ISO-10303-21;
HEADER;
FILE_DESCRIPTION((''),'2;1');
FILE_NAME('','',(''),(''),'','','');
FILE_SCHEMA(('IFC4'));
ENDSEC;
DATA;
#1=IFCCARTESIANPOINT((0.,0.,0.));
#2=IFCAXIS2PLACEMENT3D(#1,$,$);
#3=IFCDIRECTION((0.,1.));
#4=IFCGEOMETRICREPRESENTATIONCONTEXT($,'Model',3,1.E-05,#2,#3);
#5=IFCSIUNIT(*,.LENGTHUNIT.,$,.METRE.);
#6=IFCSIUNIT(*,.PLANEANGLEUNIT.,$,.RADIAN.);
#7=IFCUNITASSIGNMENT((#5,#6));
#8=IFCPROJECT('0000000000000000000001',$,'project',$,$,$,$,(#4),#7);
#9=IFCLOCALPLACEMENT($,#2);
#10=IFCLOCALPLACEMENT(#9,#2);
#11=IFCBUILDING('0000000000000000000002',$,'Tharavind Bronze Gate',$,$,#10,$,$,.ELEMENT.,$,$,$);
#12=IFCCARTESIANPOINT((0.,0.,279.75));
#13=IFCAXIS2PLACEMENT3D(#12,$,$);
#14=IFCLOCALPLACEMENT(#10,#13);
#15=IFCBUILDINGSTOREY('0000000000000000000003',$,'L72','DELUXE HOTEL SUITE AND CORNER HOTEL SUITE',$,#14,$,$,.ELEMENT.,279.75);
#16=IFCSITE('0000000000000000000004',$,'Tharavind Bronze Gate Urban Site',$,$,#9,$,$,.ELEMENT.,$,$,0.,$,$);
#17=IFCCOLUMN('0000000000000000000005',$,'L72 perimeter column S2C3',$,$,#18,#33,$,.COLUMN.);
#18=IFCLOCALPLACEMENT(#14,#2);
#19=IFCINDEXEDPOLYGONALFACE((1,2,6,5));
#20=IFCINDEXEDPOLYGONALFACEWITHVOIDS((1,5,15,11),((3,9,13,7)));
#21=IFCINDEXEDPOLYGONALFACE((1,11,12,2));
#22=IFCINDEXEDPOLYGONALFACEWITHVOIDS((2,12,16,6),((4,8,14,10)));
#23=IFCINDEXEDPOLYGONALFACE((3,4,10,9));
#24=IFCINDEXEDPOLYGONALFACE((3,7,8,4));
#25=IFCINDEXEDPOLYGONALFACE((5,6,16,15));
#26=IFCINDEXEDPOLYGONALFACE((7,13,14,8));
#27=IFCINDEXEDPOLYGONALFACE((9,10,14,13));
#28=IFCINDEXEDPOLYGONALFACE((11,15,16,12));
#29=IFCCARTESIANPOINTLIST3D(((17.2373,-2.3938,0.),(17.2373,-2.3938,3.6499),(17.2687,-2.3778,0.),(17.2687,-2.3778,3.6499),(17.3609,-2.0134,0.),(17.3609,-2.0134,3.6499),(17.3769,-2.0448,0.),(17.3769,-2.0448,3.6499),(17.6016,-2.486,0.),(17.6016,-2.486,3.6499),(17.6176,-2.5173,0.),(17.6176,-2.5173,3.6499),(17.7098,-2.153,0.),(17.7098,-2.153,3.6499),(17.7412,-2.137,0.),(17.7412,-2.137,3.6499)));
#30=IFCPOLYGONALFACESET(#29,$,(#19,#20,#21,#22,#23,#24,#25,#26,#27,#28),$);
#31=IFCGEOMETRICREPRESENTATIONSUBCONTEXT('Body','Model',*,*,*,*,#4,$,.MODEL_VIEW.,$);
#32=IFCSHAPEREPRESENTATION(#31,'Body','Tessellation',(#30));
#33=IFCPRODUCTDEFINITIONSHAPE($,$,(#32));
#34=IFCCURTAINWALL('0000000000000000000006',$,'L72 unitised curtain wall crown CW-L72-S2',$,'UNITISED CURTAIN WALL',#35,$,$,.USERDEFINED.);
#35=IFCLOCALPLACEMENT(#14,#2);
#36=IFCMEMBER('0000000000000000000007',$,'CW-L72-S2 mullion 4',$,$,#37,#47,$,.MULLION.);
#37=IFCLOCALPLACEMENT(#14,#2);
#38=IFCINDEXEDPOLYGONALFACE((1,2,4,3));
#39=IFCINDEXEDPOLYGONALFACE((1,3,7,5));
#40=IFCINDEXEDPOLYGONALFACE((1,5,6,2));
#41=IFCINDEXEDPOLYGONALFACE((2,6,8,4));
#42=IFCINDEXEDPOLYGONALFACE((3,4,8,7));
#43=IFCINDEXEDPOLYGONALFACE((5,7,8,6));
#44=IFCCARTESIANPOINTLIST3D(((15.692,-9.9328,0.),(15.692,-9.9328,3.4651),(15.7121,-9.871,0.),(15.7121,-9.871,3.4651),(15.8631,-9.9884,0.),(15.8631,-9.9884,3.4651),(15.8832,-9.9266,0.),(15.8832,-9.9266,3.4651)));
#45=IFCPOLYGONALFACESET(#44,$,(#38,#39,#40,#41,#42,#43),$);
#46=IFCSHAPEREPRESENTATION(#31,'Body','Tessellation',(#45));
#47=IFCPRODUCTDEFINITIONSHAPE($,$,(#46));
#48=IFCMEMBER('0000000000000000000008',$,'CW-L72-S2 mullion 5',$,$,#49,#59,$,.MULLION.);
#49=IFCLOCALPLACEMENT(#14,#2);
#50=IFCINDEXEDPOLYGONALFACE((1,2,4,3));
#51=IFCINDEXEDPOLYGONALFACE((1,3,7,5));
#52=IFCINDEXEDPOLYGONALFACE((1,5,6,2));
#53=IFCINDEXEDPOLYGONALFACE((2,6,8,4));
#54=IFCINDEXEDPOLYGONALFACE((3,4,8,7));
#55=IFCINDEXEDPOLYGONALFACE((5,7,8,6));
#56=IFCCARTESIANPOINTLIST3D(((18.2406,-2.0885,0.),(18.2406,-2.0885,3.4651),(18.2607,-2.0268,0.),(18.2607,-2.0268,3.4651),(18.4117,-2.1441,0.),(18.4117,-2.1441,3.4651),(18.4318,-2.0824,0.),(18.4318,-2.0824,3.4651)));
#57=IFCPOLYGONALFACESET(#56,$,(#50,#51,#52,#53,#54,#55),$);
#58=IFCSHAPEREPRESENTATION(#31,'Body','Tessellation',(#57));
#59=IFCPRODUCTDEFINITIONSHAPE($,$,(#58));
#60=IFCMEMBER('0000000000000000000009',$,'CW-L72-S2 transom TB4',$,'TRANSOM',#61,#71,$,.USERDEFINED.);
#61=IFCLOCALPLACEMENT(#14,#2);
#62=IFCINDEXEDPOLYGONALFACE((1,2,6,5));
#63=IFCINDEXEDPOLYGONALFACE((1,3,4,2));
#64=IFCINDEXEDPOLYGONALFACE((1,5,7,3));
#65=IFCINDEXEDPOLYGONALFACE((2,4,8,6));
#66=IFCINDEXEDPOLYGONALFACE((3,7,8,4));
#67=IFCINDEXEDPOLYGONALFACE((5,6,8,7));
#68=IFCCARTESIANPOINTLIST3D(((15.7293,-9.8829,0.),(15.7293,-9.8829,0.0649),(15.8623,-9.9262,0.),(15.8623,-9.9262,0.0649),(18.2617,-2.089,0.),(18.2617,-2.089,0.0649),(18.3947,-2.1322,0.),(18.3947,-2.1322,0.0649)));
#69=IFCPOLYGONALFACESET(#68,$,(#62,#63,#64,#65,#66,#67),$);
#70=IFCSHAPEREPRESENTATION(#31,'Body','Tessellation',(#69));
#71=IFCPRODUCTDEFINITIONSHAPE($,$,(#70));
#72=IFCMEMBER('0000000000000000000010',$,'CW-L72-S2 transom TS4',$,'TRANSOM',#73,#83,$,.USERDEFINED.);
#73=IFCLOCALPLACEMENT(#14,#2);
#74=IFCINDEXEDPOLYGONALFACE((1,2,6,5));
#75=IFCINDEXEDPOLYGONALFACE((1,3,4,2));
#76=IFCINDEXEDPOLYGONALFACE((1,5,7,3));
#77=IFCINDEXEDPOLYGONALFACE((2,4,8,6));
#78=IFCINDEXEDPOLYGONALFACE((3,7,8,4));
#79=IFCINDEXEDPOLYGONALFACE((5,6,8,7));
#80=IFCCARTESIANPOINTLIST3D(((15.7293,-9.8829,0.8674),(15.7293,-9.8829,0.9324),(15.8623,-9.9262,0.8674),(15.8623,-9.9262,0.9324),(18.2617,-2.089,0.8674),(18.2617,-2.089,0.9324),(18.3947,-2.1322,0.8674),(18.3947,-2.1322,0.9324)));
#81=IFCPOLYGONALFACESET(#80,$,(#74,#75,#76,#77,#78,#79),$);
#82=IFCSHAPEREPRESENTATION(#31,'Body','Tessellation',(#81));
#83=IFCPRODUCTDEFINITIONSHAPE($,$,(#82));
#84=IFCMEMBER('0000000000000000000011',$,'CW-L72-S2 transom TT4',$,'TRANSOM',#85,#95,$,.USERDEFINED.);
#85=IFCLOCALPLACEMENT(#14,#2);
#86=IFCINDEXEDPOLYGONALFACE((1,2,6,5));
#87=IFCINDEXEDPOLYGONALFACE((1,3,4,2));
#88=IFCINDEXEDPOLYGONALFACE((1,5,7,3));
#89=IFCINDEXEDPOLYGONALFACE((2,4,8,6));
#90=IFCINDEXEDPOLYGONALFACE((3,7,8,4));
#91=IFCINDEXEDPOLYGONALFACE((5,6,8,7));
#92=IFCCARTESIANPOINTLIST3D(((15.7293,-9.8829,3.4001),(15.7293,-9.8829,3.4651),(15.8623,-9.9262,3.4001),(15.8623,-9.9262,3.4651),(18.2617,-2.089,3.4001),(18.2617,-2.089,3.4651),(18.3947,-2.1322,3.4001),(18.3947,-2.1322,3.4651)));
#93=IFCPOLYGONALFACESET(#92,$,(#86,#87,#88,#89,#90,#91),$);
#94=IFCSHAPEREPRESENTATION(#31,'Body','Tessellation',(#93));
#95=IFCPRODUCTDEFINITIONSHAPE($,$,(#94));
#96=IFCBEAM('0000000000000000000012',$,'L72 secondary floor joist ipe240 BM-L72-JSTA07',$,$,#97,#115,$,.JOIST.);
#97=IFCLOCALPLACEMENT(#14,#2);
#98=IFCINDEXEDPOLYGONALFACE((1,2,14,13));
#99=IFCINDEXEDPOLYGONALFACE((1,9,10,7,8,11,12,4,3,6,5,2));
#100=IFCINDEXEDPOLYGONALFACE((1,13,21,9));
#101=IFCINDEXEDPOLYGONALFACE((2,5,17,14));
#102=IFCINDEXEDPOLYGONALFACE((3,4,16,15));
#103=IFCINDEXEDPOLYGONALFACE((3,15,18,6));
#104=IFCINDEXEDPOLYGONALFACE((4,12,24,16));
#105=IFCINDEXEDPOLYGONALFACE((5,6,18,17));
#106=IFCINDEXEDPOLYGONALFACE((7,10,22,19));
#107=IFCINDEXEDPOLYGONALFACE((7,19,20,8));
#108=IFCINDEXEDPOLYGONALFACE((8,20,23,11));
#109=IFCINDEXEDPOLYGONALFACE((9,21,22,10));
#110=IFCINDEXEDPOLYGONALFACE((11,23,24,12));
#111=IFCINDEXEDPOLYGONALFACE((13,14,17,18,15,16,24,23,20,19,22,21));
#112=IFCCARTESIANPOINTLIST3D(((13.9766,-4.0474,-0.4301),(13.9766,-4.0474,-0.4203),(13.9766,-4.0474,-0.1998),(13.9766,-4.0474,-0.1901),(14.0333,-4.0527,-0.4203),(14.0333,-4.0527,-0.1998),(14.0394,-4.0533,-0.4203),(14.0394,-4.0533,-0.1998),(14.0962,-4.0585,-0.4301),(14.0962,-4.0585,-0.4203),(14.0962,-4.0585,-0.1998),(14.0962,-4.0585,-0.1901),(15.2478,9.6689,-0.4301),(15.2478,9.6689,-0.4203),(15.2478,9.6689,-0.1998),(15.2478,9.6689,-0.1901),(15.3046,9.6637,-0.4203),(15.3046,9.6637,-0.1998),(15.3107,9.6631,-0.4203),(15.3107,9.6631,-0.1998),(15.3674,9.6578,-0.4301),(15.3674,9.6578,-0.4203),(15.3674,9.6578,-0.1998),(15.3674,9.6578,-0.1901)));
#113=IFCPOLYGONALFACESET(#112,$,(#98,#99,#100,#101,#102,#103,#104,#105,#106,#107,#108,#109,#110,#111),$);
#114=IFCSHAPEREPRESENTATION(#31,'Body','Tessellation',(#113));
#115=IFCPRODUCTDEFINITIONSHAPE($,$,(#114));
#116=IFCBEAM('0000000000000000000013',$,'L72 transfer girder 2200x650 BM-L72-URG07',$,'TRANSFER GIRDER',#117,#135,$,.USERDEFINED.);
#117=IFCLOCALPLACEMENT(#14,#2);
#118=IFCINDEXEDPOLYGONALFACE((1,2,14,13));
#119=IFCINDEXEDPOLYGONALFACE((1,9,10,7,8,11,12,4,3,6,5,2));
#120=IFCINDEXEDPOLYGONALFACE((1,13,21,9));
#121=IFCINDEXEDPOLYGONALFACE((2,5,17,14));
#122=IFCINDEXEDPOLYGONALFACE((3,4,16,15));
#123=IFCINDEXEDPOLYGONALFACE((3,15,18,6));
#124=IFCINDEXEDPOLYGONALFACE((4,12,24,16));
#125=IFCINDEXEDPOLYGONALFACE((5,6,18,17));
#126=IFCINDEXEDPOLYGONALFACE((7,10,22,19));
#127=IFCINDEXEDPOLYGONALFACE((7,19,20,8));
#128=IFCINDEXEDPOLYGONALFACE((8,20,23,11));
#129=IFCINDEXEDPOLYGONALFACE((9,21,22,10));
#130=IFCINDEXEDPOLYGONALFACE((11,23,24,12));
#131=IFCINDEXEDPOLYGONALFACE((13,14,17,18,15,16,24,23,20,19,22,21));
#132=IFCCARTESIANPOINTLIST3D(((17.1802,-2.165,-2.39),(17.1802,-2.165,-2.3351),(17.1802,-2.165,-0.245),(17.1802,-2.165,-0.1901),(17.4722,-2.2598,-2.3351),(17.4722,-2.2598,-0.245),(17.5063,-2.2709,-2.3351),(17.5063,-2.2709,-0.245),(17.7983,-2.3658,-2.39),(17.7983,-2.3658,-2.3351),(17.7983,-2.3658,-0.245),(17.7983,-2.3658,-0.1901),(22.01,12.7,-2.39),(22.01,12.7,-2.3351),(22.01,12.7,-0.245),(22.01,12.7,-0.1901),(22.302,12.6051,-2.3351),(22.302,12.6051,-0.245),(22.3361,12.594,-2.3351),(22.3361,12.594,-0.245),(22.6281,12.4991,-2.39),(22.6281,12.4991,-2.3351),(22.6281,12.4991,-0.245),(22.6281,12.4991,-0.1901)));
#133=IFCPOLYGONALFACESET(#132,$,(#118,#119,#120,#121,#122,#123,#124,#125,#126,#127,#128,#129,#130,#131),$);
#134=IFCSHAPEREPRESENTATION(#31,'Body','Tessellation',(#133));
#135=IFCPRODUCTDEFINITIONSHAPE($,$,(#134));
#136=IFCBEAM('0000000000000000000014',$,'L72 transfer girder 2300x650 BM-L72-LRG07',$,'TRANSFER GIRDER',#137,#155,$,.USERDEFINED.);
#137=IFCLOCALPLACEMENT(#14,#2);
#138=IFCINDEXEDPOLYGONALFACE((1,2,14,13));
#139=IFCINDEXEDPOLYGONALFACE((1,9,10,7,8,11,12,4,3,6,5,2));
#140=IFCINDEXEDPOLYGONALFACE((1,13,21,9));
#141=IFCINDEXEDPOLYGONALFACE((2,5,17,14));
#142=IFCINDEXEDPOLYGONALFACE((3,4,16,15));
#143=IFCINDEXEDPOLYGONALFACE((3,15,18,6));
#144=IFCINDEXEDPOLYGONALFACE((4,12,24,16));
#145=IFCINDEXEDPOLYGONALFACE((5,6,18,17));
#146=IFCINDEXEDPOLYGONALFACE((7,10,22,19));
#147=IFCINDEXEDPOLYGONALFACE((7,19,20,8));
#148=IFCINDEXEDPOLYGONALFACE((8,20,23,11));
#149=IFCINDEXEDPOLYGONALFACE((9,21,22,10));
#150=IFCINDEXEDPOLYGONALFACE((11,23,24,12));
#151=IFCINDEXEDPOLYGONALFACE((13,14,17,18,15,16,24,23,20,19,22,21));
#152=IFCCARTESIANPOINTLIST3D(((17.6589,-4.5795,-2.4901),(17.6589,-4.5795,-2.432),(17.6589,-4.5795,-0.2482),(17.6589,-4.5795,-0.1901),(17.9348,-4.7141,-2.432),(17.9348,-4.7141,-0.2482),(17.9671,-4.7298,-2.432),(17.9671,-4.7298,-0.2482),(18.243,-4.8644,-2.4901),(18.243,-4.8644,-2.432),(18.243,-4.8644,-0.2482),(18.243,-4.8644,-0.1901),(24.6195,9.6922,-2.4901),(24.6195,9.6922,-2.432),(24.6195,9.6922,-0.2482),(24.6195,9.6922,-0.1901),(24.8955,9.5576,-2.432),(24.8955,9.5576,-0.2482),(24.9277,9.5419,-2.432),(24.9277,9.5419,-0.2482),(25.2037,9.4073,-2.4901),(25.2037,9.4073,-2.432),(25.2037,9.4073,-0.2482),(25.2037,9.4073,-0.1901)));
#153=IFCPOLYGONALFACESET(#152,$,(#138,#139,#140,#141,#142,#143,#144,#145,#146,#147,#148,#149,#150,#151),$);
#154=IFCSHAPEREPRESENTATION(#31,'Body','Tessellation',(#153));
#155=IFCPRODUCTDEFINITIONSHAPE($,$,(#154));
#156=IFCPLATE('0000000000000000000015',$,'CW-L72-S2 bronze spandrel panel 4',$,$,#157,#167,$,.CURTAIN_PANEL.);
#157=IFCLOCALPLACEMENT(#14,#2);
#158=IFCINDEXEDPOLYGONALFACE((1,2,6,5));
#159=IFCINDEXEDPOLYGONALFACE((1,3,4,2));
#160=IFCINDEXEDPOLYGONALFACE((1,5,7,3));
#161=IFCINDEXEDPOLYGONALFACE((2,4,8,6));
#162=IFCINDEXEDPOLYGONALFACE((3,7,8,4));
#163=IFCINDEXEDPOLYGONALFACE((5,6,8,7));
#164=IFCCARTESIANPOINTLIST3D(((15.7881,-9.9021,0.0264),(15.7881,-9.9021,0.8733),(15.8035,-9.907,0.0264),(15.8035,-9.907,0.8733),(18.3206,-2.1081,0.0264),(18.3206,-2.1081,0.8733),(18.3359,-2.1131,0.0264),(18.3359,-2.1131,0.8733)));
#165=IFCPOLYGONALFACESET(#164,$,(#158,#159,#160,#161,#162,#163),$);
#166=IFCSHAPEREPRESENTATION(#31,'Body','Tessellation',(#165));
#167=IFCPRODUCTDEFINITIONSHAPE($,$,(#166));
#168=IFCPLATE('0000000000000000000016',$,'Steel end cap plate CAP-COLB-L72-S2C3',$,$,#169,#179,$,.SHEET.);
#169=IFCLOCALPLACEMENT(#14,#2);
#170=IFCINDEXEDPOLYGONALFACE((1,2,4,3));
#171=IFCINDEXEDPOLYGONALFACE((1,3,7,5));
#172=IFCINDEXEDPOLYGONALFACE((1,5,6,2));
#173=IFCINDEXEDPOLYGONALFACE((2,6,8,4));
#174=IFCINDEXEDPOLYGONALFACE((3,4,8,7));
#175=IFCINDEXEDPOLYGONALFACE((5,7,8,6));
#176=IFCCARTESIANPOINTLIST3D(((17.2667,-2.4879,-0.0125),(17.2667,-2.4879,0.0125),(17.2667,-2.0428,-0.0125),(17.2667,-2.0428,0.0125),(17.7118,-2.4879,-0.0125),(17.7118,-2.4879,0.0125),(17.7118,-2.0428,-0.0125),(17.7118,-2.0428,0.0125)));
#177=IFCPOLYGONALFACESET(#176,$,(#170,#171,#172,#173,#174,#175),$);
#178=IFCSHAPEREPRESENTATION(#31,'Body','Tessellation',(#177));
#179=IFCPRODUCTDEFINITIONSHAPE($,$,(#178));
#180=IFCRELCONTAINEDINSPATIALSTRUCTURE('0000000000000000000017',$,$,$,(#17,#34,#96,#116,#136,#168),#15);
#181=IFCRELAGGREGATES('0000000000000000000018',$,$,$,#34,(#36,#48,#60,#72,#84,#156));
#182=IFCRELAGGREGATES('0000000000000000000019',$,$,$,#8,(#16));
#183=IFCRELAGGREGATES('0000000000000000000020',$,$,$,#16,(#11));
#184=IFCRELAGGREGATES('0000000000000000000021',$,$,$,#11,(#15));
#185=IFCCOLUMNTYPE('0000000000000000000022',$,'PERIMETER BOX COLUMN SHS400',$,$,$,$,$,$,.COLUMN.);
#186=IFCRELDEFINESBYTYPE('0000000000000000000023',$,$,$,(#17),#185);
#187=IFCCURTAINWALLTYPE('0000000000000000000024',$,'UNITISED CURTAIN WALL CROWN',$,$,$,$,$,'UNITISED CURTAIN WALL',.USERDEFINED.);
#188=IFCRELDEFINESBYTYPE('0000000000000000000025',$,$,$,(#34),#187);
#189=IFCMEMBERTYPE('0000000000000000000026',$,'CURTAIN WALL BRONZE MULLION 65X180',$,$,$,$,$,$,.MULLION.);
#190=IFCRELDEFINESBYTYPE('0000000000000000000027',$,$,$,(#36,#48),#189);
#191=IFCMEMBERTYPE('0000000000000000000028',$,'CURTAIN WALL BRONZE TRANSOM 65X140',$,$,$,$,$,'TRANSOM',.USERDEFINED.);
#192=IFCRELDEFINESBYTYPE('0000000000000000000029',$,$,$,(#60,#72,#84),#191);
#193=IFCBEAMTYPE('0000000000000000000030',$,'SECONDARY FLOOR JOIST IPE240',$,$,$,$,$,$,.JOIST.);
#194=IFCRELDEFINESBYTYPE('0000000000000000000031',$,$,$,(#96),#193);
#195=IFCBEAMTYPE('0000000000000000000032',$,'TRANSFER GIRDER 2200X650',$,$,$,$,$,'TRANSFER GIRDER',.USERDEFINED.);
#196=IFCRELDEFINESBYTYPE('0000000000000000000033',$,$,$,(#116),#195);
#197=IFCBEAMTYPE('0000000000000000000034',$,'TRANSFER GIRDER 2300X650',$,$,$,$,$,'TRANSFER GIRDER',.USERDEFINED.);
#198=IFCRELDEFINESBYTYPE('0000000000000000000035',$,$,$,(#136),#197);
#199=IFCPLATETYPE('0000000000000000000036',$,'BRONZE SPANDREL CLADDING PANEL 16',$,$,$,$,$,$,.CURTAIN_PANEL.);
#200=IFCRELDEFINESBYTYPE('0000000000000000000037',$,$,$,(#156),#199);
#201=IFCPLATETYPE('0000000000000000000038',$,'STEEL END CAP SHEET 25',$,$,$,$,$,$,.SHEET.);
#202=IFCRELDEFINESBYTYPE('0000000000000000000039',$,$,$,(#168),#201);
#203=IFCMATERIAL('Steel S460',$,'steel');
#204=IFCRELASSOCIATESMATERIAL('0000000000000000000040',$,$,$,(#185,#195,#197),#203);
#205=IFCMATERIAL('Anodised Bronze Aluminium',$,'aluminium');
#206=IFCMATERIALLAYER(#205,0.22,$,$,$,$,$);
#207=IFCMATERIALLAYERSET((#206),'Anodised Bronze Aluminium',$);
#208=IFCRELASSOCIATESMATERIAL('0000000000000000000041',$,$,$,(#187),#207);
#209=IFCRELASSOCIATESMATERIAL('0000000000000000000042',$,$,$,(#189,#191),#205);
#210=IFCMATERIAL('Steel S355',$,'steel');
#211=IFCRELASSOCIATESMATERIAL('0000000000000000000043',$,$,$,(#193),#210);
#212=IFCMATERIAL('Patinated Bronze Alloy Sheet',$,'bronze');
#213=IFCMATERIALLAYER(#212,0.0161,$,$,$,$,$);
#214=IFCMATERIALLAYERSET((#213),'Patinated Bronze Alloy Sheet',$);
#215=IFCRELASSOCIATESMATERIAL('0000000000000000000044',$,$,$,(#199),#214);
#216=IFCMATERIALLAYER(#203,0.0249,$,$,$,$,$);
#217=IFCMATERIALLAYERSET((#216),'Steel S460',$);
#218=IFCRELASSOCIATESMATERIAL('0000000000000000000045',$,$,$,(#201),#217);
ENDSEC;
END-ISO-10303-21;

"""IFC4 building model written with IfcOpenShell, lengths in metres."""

from ifc_helpers import new_model, si_unit, direction, frame, origin, origin_2d, place, context, subcontext, project, spatial, rectangle, hollow_rectangle, i_section, extrude, material, layer, layer_set, material_profile, profile_set, type_object, element, aggregate, save


model = new_model("IFC4")

# Units and contexts
model_context = context("Model", 3, precision=1e-05, world=origin(), true_north=direction((0.0, 1.0)))
body_context = subcontext(model_context, "Body", "Model", "MODEL_VIEW")
ifc_project = project(units=[si_unit("LENGTHUNIT", "METRE"), si_unit("PLANEANGLEUNIT", "RADIAN")], contexts=[model_context])

# Site, building, storey
site_placement = place(None, origin())
site = spatial("IfcSite", under=ifc_project, at=site_placement, Name="Tharavind Bronze Gate Urban Site", CompositionType="ELEMENT", RefElevation=0.0)
building_placement = place(site_placement, origin())
building = spatial("IfcBuilding", under=site, at=building_placement, Name="Tharavind Bronze Gate", CompositionType="ELEMENT")
storey_placement = place(building_placement, frame((0.0, 0.0, 279.75)))
storey = spatial("IfcBuildingStorey", under=building, at=storey_placement, Name="L72", Description="DELUXE HOTEL SUITE AND CORNER HOTEL SUITE", CompositionType="ELEMENT", Elevation=279.75)

# Column
ifc_material_1 = material(Name="Steel S460", Category="steel")
ifc_material_profile_1 = material_profile(ifc_material_1, hollow_rectangle(XDim=0.3999, YDim=0.3999, WallThickness=0.0249, at=origin_2d()), Name="SHS400X25")
ifc_profile_set_1 = profile_set([ifc_material_profile_1], Name="Steel S460")
column_type = type_object("IfcColumnType", Name="PERIMETER BOX COLUMN SHS400", PredefinedType="COLUMN", material=ifc_profile_set_1)
column_placement = place(storey_placement, frame((17.4893, -2.2654, 0.0), z_axis=(0.0, 0.0, 1.0), x_axis=(0.309019, 0.951056, 0.0)))
element("IfcColumn", 1, at=column_placement, inside=storey, type_object=column_type, Name="L72 perimeter column S2C3", PredefinedType="COLUMN", context=body_context, shape_type="SweptSolid", body=[
    extrude(hollow_rectangle(XDim=0.3999, YDim=0.3999, WallThickness=0.0249, at=origin_2d()), origin(), (0.0, 0.0, 1.0), 3.6499),
])

# Curtain wall, members
ifc_material_2 = material(Name="Anodised Bronze Aluminium", Category="aluminium")
ifc_layer_1 = layer(ifc_material_2, 0.22)
ifc_layer_set_1 = layer_set([ifc_layer_1], Name="Anodised Bronze Aluminium")
curtain_wall_type = type_object("IfcCurtainWallType", Name="UNITISED CURTAIN WALL CROWN", ElementType="UNITISED CURTAIN WALL", PredefinedType="USERDEFINED", material=ifc_layer_set_1)
curtain_wall_placement = place(storey_placement, origin())
curtain_wall = element("IfcCurtainWall", 2, at=curtain_wall_placement, inside=storey, type_object=curtain_wall_type, Name="L72 unitised curtain wall crown CW-L72-S2", ObjectType="UNITISED CURTAIN WALL", PredefinedType="USERDEFINED")
member_type_1 = type_object("IfcMemberType", Name="CURTAIN WALL BRONZE MULLION 65X180", PredefinedType="MULLION", material=ifc_material_2)
member_1_placement = place(storey_placement, frame((15.7876, -9.9297, 0.0), z_axis=(0.0, 0.0, 1.0), x_axis=(0.309017, 0.951057, 0.0)))
member_1 = element("IfcMember", 3, at=member_1_placement, type_object=member_type_1, Name="CW-L72-S2 mullion 4", PredefinedType="MULLION", context=body_context, shape_type="SweptSolid", body=[
    extrude(rectangle(XDim=0.0649, YDim=0.1799, at=origin_2d()), origin(), (0.0, 0.0, 1.0), 3.4651),
])
member_2_placement = place(storey_placement, frame((18.3362, -2.0854, 0.0), z_axis=(0.0, 0.0, 1.0), x_axis=(0.309017, 0.951057, 0.0)))
member_2 = element("IfcMember", 4, at=member_2_placement, type_object=member_type_1, Name="CW-L72-S2 mullion 5", PredefinedType="MULLION", context=body_context, shape_type="SweptSolid", body=[
    extrude(rectangle(XDim=0.0649, YDim=0.1799, at=origin_2d()), origin(), (0.0, 0.0, 1.0), 3.4651),
])
member_type_2 = type_object("IfcMemberType", Name="CURTAIN WALL BRONZE TRANSOM 65X140", ElementType="TRANSOM", PredefinedType="USERDEFINED", material=ifc_material_2)
member_3_placement = place(storey_placement, frame((17.062, -6.0076, 0.0), z_axis=(0.0, 0.0, 1.0), x_axis=(0.309017, 0.951057, 0.0)))
member_3 = element("IfcMember", 5, at=member_3_placement, type_object=member_type_2, Name="CW-L72-S2 transom TB4", ObjectType="TRANSOM", PredefinedType="USERDEFINED", context=body_context, shape_type="SweptSolid", body=[
    extrude(rectangle(XDim=8.1951, YDim=0.1399, at=origin_2d()), origin(), (0.0, 0.0, 1.0), 0.0649),
])
member_4_placement = place(storey_placement, frame((17.062, -6.0076, 0.8674), z_axis=(0.0, 0.0, 1.0), x_axis=(0.309017, 0.951057, 0.0)))
member_4 = element("IfcMember", 6, at=member_4_placement, type_object=member_type_2, Name="CW-L72-S2 transom TS4", ObjectType="TRANSOM", PredefinedType="USERDEFINED", context=body_context, shape_type="SweptSolid", body=[
    extrude(rectangle(XDim=8.1951, YDim=0.1399, at=origin_2d()), origin(), (0.0, 0.0, 1.0), 0.0649),
])
member_5_placement = place(storey_placement, frame((17.062, -6.0076, 3.4001), z_axis=(0.0, 0.0, 1.0), x_axis=(0.309017, 0.951057, 0.0)))
member_5 = element("IfcMember", 7, at=member_5_placement, type_object=member_type_2, Name="CW-L72-S2 transom TT4", ObjectType="TRANSOM", PredefinedType="USERDEFINED", context=body_context, shape_type="SweptSolid", body=[
    extrude(rectangle(XDim=8.1951, YDim=0.1399, at=origin_2d()), origin(), (0.0, 0.0, 1.0), 0.0649),
])

# Beams
ifc_material_3 = material(Name="Steel S355", Category="steel")
ifc_material_profile_2 = material_profile(ifc_material_3, i_section(OverallWidth=0.1201, OverallDepth=0.24, WebThickness=0.0061, FlangeThickness=0.0098, at=origin_2d()), Name="IPE240")
ifc_profile_set_2 = profile_set([ifc_material_profile_2], Name="Steel S355")
beam_type_1 = type_object("IfcBeamType", Name="SECONDARY FLOOR JOIST IPE240", PredefinedType="JOIST", material=ifc_profile_set_2)
beam_1_placement = place(storey_placement, frame((14.0364, -4.053, -0.3101), z_axis=(0.092285, 0.995733, 0.0), x_axis=(-0.995733, 0.092285, 0.0)))
element("IfcBeam", 8, at=beam_1_placement, inside=storey, type_object=beam_type_1, Name="L72 secondary floor joist ipe240 BM-L72-JSTA07", PredefinedType="JOIST", context=body_context, shape_type="SweptSolid", body=[
    extrude(i_section(OverallWidth=0.1201, OverallDepth=0.24, WebThickness=0.0061, FlangeThickness=0.0098, at=origin_2d()), origin(), (0.0, 0.0, 1.0), 13.7751),
])
ifc_material_profile_3 = material_profile(ifc_material_1, i_section(OverallWidth=0.6499, OverallDepth=2.2, WebThickness=0.0359, FlangeThickness=0.0549, at=origin_2d()), Name="PG2200X650")
ifc_profile_set_3 = profile_set([ifc_material_profile_3], Name="Steel S460")
beam_type_2 = type_object("IfcBeamType", Name="TRANSFER GIRDER 2200X650", ElementType="TRANSFER GIRDER", PredefinedType="USERDEFINED", material=ifc_profile_set_3)
beam_2_placement = place(storey_placement, frame((17.4893, -2.2654, -1.29), z_axis=(0.309012, 0.951058, 0.0), x_axis=(-0.951058, 0.309012, 0.0)))
element("IfcBeam", 9, at=beam_2_placement, inside=storey, type_object=beam_type_2, Name="L72 transfer girder 2200x650 BM-L72-URG07", ObjectType="TRANSFER GIRDER", PredefinedType="USERDEFINED", context=body_context, shape_type="SweptSolid", body=[
    extrude(i_section(OverallWidth=0.6499, OverallDepth=2.2, WebThickness=0.0359, FlangeThickness=0.0549, at=origin_2d()), origin(), (0.0, 0.0, 1.0), 15.6299),
])
ifc_material_profile_4 = material_profile(ifc_material_1, i_section(OverallWidth=0.6499, OverallDepth=2.3, WebThickness=0.0359, FlangeThickness=0.0581, at=origin_2d()), Name="PG2300X650")
ifc_profile_set_4 = profile_set([ifc_material_profile_4], Name="Steel S460")
beam_type_3 = type_object("IfcBeamType", Name="TRANSFER GIRDER 2300X650", ElementType="TRANSFER GIRDER", PredefinedType="USERDEFINED", material=ifc_profile_set_4)
beam_3_placement = place(storey_placement, frame((17.9509, -4.7219, -1.3401), z_axis=(0.438366, 0.898796, 0.0), x_axis=(-0.898796, 0.438366, 0.0)))
element("IfcBeam", 10, at=beam_3_placement, inside=storey, type_object=beam_type_3, Name="L72 transfer girder 2300x650 BM-L72-LRG07", ObjectType="TRANSFER GIRDER", PredefinedType="USERDEFINED", context=body_context, shape_type="SweptSolid", body=[
    extrude(i_section(OverallWidth=0.6499, OverallDepth=2.3, WebThickness=0.0359, FlangeThickness=0.0581, at=origin_2d()), origin(), (0.0, 0.0, 1.0), 15.8787),
])

# Plates
ifc_material_4 = material(Name="Patinated Bronze Alloy Sheet", Category="bronze")
ifc_layer_2 = layer(ifc_material_4, 0.0161)
ifc_layer_set_2 = layer_set([ifc_layer_2], Name="Patinated Bronze Alloy Sheet")
plate_type_1 = type_object("IfcPlateType", Name="BRONZE SPANDREL CLADDING PANEL 16", PredefinedType="CURTAIN_PANEL", material=ifc_layer_set_2)
plate_1_placement = place(storey_placement, frame((17.062, -6.0076, 0.0264), z_axis=(0.0, 0.0, 1.0), x_axis=(0.309017, 0.951057, 0.0)))
plate_1 = element("IfcPlate", 11, at=plate_1_placement, type_object=plate_type_1, Name="CW-L72-S2 bronze spandrel panel 4", PredefinedType="CURTAIN_PANEL", context=body_context, shape_type="SweptSolid", body=[
    extrude(rectangle(XDim=8.1951, YDim=0.0161, at=origin_2d()), origin(), (0.0, 0.0, 1.0), 0.8469),
])
ifc_layer_3 = layer(ifc_material_1, 0.0249)
ifc_layer_set_3 = layer_set([ifc_layer_3], Name="Steel S460")
plate_type_2 = type_object("IfcPlateType", Name="STEEL END CAP SHEET 25", PredefinedType="SHEET", material=ifc_layer_set_3)
plate_2_placement = place(storey_placement, frame((17.4893, -2.2654, -0.0125), z_axis=(0.0, 0.0, 1.0), x_axis=(1.0, 0.0, 0.0)))
element("IfcPlate", 12, at=plate_2_placement, inside=storey, type_object=plate_type_2, Name="Steel end cap plate CAP-COLB-L72-S2C3", PredefinedType="SHEET", context=body_context, shape_type="SweptSolid", body=[
    extrude(rectangle(XDim=0.4451, YDim=0.4451, at=origin_2d()), origin(), (0.0, 0.0, 1.0), 0.0249),
])
aggregate(curtain_wall, [member_1, member_2, member_3, member_4, member_5, plate_1])

save(model, "model.ifc")
